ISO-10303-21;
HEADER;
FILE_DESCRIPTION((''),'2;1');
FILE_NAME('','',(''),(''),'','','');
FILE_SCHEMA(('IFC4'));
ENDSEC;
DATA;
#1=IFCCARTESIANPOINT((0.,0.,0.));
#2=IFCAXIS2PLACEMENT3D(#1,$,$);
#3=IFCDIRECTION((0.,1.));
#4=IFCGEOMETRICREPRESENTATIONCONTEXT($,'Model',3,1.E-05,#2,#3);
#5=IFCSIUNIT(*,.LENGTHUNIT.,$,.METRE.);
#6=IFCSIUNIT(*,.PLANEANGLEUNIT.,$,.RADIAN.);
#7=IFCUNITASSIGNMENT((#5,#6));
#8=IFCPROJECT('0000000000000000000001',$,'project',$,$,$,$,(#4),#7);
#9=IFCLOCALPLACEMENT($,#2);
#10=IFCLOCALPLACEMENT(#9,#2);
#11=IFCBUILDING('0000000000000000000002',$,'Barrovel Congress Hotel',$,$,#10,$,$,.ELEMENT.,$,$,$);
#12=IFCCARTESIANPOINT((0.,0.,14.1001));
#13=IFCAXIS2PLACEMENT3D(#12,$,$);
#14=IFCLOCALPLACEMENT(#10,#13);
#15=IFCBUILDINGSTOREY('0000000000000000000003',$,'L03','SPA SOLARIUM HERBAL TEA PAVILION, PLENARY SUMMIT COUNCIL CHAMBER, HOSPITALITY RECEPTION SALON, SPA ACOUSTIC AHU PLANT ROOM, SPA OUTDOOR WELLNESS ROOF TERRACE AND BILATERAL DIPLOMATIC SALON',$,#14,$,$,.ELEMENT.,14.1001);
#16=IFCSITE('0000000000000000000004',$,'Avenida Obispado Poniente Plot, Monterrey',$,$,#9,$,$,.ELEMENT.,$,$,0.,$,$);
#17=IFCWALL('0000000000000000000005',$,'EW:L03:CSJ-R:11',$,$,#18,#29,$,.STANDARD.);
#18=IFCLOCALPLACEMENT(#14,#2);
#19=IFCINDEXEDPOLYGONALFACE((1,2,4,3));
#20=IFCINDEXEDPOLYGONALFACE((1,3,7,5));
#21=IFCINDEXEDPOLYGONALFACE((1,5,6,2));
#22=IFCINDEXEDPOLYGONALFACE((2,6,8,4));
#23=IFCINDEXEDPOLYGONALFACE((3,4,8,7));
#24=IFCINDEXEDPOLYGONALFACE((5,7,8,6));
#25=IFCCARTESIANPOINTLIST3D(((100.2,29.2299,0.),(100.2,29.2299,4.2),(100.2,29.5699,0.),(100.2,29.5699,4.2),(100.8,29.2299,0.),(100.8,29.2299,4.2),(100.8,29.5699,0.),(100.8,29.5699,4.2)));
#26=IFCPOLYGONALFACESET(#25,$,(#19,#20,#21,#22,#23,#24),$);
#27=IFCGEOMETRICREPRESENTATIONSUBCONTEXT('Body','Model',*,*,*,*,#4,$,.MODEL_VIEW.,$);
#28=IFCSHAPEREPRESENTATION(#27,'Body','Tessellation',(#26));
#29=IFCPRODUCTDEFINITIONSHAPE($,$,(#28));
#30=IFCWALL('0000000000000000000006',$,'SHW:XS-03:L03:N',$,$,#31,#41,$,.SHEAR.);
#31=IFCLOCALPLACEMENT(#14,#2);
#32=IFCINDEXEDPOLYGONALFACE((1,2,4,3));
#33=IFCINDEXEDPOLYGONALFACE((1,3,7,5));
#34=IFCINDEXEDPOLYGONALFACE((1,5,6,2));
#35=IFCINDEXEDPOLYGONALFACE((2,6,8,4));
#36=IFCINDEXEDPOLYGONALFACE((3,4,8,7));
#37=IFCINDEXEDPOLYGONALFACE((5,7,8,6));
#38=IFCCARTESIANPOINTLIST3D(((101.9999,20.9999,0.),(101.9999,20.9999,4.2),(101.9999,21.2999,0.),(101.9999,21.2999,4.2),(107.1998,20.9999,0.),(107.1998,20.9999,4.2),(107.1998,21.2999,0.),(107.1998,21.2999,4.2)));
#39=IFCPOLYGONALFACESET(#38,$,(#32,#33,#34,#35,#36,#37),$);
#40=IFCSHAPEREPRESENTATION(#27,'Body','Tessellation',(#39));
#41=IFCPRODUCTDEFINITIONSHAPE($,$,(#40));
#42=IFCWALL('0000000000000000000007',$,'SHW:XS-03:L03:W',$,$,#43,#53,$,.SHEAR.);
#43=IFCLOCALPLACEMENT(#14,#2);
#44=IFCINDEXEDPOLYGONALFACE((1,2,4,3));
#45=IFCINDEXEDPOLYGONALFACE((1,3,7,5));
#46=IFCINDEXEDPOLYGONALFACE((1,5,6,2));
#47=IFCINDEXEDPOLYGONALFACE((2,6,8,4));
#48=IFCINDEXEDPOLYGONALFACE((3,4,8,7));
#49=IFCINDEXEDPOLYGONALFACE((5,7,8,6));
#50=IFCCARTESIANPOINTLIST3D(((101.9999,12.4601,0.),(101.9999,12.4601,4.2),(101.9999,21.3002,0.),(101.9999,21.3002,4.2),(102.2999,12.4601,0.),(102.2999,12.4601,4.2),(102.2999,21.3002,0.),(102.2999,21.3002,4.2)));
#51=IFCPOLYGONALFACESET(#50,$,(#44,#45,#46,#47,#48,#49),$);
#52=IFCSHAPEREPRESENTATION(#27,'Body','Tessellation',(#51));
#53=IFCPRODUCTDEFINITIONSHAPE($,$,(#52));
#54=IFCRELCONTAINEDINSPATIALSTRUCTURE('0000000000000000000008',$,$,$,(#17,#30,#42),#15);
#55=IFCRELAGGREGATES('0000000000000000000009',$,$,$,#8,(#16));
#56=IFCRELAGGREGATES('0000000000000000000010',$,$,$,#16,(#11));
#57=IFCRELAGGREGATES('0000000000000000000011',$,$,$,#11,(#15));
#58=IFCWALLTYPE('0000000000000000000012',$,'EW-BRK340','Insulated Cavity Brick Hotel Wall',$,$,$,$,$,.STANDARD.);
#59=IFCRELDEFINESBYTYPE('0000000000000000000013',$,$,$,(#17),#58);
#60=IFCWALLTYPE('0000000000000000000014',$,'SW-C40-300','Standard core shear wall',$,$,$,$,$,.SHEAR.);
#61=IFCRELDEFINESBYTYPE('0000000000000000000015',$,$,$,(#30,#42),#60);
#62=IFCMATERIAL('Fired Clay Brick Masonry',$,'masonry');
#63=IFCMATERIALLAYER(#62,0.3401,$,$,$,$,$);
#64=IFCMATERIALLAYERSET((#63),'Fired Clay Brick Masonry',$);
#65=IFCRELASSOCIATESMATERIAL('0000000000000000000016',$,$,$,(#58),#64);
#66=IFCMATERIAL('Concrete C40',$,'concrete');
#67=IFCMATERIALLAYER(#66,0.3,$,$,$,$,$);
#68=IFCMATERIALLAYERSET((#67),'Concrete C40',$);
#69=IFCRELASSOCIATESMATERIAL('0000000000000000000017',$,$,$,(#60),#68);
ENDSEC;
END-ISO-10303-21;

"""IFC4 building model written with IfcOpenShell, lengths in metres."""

from ifc_helpers import new_model, si_unit, direction, frame, frame_2d, origin, place, context, subcontext, project, spatial, rectangle, extrude, material, layer, layer_set, type_object, element, save


model = new_model("IFC4")

# Units and contexts
model_context = context("Model", 3, precision=1e-05, world=origin(), true_north=direction((0.0, 1.0)))
body_context = subcontext(model_context, "Body", "Model", "MODEL_VIEW")
ifc_project = project(units=[si_unit("LENGTHUNIT", "METRE"), si_unit("PLANEANGLEUNIT", "RADIAN")], contexts=[model_context])

# Site, building, storey
site_placement = place(None, origin())
site = spatial("IfcSite", under=ifc_project, at=site_placement, Name="Avenida Obispado Poniente Plot, Monterrey", CompositionType="ELEMENT", RefElevation=0.0)
building_placement = place(site_placement, origin())
building = spatial("IfcBuilding", under=site, at=building_placement, Name="Barrovel Congress Hotel", CompositionType="ELEMENT")
storey_placement = place(building_placement, frame((0.0, 0.0, 14.1001)))
storey = spatial("IfcBuildingStorey", under=building, at=storey_placement, Name="L03", Description="SPA SOLARIUM HERBAL TEA PAVILION, PLENARY SUMMIT COUNCIL CHAMBER, HOSPITALITY RECEPTION SALON, SPA ACOUSTIC AHU PLANT ROOM, SPA OUTDOOR WELLNESS ROOF TERRACE AND BILATERAL DIPLOMATIC SALON", CompositionType="ELEMENT", Elevation=14.1001)

# Shared definitions
ifc_material_1 = material(Name="Concrete C40", Category="concrete")

# Walls
ifc_material_2 = material(Name="Fired Clay Brick Masonry", Category="masonry")
ifc_layer_1 = layer(ifc_material_2, 0.3401)
ifc_layer_set_1 = layer_set([ifc_layer_1], Name="Fired Clay Brick Masonry")
wall_type_1 = type_object("IfcWallType", Name="EW-BRK340", Description="Insulated Cavity Brick Hotel Wall", PredefinedType="STANDARD", material=ifc_layer_set_1)
wall_1_placement = place(storey_placement, frame((100.8, 29.3999, 0.0), z_axis=(0.0, 0.0, 1.0), x_axis=(-1.0, 0.0, 0.0)))
element("IfcWall", 1, at=wall_1_placement, inside=storey, type_object=wall_type_1, Name="EW:L03:CSJ-R:11", PredefinedType="STANDARD", context=body_context, shape_type="SweptSolid", body=[
    extrude(rectangle(XDim=0.6001, YDim=0.3401, at=frame_2d((0.3, 0.0))), origin(), (0.0, 0.0, 1.0), 4.2),
])
ifc_layer_2 = layer(ifc_material_1, 0.3)
ifc_layer_set_2 = layer_set([ifc_layer_2], Name="Concrete C40")
wall_type_2 = type_object("IfcWallType", Name="SW-C40-300", Description="Standard core shear wall", PredefinedType="SHEAR", material=ifc_layer_set_2)
wall_2_placement = place(storey_placement, frame((107.2, 21.1499, 0.0), z_axis=(0.0, 0.0, 1.0), x_axis=(-1.0, 0.0, 0.0)))
element("IfcWall", 2, at=wall_2_placement, inside=storey, type_object=wall_type_2, Name="SHW:XS-03:L03:N", PredefinedType="SHEAR", context=body_context, shape_type="SweptSolid", body=[
    extrude(rectangle(XDim=5.2, YDim=0.3, at=frame_2d((2.6001, 0.0))), origin(), (0.0, 0.0, 1.0), 4.2),
])
wall_3_placement = place(storey_placement, frame((102.1499, 21.3, 0.0), z_axis=(0.0, 0.0, 1.0), x_axis=(0.0, -1.0, 0.0)))
element("IfcWall", 3, at=wall_3_placement, inside=storey, type_object=wall_type_2, Name="SHW:XS-03:L03:W", PredefinedType="SHEAR", context=body_context, shape_type="SweptSolid", body=[
    extrude(rectangle(XDim=8.8401, YDim=0.3, at=frame_2d((4.4199, 0.0))), origin(), (0.0, 0.0, 1.0), 4.2),
])

save(model, "model.ifc")
